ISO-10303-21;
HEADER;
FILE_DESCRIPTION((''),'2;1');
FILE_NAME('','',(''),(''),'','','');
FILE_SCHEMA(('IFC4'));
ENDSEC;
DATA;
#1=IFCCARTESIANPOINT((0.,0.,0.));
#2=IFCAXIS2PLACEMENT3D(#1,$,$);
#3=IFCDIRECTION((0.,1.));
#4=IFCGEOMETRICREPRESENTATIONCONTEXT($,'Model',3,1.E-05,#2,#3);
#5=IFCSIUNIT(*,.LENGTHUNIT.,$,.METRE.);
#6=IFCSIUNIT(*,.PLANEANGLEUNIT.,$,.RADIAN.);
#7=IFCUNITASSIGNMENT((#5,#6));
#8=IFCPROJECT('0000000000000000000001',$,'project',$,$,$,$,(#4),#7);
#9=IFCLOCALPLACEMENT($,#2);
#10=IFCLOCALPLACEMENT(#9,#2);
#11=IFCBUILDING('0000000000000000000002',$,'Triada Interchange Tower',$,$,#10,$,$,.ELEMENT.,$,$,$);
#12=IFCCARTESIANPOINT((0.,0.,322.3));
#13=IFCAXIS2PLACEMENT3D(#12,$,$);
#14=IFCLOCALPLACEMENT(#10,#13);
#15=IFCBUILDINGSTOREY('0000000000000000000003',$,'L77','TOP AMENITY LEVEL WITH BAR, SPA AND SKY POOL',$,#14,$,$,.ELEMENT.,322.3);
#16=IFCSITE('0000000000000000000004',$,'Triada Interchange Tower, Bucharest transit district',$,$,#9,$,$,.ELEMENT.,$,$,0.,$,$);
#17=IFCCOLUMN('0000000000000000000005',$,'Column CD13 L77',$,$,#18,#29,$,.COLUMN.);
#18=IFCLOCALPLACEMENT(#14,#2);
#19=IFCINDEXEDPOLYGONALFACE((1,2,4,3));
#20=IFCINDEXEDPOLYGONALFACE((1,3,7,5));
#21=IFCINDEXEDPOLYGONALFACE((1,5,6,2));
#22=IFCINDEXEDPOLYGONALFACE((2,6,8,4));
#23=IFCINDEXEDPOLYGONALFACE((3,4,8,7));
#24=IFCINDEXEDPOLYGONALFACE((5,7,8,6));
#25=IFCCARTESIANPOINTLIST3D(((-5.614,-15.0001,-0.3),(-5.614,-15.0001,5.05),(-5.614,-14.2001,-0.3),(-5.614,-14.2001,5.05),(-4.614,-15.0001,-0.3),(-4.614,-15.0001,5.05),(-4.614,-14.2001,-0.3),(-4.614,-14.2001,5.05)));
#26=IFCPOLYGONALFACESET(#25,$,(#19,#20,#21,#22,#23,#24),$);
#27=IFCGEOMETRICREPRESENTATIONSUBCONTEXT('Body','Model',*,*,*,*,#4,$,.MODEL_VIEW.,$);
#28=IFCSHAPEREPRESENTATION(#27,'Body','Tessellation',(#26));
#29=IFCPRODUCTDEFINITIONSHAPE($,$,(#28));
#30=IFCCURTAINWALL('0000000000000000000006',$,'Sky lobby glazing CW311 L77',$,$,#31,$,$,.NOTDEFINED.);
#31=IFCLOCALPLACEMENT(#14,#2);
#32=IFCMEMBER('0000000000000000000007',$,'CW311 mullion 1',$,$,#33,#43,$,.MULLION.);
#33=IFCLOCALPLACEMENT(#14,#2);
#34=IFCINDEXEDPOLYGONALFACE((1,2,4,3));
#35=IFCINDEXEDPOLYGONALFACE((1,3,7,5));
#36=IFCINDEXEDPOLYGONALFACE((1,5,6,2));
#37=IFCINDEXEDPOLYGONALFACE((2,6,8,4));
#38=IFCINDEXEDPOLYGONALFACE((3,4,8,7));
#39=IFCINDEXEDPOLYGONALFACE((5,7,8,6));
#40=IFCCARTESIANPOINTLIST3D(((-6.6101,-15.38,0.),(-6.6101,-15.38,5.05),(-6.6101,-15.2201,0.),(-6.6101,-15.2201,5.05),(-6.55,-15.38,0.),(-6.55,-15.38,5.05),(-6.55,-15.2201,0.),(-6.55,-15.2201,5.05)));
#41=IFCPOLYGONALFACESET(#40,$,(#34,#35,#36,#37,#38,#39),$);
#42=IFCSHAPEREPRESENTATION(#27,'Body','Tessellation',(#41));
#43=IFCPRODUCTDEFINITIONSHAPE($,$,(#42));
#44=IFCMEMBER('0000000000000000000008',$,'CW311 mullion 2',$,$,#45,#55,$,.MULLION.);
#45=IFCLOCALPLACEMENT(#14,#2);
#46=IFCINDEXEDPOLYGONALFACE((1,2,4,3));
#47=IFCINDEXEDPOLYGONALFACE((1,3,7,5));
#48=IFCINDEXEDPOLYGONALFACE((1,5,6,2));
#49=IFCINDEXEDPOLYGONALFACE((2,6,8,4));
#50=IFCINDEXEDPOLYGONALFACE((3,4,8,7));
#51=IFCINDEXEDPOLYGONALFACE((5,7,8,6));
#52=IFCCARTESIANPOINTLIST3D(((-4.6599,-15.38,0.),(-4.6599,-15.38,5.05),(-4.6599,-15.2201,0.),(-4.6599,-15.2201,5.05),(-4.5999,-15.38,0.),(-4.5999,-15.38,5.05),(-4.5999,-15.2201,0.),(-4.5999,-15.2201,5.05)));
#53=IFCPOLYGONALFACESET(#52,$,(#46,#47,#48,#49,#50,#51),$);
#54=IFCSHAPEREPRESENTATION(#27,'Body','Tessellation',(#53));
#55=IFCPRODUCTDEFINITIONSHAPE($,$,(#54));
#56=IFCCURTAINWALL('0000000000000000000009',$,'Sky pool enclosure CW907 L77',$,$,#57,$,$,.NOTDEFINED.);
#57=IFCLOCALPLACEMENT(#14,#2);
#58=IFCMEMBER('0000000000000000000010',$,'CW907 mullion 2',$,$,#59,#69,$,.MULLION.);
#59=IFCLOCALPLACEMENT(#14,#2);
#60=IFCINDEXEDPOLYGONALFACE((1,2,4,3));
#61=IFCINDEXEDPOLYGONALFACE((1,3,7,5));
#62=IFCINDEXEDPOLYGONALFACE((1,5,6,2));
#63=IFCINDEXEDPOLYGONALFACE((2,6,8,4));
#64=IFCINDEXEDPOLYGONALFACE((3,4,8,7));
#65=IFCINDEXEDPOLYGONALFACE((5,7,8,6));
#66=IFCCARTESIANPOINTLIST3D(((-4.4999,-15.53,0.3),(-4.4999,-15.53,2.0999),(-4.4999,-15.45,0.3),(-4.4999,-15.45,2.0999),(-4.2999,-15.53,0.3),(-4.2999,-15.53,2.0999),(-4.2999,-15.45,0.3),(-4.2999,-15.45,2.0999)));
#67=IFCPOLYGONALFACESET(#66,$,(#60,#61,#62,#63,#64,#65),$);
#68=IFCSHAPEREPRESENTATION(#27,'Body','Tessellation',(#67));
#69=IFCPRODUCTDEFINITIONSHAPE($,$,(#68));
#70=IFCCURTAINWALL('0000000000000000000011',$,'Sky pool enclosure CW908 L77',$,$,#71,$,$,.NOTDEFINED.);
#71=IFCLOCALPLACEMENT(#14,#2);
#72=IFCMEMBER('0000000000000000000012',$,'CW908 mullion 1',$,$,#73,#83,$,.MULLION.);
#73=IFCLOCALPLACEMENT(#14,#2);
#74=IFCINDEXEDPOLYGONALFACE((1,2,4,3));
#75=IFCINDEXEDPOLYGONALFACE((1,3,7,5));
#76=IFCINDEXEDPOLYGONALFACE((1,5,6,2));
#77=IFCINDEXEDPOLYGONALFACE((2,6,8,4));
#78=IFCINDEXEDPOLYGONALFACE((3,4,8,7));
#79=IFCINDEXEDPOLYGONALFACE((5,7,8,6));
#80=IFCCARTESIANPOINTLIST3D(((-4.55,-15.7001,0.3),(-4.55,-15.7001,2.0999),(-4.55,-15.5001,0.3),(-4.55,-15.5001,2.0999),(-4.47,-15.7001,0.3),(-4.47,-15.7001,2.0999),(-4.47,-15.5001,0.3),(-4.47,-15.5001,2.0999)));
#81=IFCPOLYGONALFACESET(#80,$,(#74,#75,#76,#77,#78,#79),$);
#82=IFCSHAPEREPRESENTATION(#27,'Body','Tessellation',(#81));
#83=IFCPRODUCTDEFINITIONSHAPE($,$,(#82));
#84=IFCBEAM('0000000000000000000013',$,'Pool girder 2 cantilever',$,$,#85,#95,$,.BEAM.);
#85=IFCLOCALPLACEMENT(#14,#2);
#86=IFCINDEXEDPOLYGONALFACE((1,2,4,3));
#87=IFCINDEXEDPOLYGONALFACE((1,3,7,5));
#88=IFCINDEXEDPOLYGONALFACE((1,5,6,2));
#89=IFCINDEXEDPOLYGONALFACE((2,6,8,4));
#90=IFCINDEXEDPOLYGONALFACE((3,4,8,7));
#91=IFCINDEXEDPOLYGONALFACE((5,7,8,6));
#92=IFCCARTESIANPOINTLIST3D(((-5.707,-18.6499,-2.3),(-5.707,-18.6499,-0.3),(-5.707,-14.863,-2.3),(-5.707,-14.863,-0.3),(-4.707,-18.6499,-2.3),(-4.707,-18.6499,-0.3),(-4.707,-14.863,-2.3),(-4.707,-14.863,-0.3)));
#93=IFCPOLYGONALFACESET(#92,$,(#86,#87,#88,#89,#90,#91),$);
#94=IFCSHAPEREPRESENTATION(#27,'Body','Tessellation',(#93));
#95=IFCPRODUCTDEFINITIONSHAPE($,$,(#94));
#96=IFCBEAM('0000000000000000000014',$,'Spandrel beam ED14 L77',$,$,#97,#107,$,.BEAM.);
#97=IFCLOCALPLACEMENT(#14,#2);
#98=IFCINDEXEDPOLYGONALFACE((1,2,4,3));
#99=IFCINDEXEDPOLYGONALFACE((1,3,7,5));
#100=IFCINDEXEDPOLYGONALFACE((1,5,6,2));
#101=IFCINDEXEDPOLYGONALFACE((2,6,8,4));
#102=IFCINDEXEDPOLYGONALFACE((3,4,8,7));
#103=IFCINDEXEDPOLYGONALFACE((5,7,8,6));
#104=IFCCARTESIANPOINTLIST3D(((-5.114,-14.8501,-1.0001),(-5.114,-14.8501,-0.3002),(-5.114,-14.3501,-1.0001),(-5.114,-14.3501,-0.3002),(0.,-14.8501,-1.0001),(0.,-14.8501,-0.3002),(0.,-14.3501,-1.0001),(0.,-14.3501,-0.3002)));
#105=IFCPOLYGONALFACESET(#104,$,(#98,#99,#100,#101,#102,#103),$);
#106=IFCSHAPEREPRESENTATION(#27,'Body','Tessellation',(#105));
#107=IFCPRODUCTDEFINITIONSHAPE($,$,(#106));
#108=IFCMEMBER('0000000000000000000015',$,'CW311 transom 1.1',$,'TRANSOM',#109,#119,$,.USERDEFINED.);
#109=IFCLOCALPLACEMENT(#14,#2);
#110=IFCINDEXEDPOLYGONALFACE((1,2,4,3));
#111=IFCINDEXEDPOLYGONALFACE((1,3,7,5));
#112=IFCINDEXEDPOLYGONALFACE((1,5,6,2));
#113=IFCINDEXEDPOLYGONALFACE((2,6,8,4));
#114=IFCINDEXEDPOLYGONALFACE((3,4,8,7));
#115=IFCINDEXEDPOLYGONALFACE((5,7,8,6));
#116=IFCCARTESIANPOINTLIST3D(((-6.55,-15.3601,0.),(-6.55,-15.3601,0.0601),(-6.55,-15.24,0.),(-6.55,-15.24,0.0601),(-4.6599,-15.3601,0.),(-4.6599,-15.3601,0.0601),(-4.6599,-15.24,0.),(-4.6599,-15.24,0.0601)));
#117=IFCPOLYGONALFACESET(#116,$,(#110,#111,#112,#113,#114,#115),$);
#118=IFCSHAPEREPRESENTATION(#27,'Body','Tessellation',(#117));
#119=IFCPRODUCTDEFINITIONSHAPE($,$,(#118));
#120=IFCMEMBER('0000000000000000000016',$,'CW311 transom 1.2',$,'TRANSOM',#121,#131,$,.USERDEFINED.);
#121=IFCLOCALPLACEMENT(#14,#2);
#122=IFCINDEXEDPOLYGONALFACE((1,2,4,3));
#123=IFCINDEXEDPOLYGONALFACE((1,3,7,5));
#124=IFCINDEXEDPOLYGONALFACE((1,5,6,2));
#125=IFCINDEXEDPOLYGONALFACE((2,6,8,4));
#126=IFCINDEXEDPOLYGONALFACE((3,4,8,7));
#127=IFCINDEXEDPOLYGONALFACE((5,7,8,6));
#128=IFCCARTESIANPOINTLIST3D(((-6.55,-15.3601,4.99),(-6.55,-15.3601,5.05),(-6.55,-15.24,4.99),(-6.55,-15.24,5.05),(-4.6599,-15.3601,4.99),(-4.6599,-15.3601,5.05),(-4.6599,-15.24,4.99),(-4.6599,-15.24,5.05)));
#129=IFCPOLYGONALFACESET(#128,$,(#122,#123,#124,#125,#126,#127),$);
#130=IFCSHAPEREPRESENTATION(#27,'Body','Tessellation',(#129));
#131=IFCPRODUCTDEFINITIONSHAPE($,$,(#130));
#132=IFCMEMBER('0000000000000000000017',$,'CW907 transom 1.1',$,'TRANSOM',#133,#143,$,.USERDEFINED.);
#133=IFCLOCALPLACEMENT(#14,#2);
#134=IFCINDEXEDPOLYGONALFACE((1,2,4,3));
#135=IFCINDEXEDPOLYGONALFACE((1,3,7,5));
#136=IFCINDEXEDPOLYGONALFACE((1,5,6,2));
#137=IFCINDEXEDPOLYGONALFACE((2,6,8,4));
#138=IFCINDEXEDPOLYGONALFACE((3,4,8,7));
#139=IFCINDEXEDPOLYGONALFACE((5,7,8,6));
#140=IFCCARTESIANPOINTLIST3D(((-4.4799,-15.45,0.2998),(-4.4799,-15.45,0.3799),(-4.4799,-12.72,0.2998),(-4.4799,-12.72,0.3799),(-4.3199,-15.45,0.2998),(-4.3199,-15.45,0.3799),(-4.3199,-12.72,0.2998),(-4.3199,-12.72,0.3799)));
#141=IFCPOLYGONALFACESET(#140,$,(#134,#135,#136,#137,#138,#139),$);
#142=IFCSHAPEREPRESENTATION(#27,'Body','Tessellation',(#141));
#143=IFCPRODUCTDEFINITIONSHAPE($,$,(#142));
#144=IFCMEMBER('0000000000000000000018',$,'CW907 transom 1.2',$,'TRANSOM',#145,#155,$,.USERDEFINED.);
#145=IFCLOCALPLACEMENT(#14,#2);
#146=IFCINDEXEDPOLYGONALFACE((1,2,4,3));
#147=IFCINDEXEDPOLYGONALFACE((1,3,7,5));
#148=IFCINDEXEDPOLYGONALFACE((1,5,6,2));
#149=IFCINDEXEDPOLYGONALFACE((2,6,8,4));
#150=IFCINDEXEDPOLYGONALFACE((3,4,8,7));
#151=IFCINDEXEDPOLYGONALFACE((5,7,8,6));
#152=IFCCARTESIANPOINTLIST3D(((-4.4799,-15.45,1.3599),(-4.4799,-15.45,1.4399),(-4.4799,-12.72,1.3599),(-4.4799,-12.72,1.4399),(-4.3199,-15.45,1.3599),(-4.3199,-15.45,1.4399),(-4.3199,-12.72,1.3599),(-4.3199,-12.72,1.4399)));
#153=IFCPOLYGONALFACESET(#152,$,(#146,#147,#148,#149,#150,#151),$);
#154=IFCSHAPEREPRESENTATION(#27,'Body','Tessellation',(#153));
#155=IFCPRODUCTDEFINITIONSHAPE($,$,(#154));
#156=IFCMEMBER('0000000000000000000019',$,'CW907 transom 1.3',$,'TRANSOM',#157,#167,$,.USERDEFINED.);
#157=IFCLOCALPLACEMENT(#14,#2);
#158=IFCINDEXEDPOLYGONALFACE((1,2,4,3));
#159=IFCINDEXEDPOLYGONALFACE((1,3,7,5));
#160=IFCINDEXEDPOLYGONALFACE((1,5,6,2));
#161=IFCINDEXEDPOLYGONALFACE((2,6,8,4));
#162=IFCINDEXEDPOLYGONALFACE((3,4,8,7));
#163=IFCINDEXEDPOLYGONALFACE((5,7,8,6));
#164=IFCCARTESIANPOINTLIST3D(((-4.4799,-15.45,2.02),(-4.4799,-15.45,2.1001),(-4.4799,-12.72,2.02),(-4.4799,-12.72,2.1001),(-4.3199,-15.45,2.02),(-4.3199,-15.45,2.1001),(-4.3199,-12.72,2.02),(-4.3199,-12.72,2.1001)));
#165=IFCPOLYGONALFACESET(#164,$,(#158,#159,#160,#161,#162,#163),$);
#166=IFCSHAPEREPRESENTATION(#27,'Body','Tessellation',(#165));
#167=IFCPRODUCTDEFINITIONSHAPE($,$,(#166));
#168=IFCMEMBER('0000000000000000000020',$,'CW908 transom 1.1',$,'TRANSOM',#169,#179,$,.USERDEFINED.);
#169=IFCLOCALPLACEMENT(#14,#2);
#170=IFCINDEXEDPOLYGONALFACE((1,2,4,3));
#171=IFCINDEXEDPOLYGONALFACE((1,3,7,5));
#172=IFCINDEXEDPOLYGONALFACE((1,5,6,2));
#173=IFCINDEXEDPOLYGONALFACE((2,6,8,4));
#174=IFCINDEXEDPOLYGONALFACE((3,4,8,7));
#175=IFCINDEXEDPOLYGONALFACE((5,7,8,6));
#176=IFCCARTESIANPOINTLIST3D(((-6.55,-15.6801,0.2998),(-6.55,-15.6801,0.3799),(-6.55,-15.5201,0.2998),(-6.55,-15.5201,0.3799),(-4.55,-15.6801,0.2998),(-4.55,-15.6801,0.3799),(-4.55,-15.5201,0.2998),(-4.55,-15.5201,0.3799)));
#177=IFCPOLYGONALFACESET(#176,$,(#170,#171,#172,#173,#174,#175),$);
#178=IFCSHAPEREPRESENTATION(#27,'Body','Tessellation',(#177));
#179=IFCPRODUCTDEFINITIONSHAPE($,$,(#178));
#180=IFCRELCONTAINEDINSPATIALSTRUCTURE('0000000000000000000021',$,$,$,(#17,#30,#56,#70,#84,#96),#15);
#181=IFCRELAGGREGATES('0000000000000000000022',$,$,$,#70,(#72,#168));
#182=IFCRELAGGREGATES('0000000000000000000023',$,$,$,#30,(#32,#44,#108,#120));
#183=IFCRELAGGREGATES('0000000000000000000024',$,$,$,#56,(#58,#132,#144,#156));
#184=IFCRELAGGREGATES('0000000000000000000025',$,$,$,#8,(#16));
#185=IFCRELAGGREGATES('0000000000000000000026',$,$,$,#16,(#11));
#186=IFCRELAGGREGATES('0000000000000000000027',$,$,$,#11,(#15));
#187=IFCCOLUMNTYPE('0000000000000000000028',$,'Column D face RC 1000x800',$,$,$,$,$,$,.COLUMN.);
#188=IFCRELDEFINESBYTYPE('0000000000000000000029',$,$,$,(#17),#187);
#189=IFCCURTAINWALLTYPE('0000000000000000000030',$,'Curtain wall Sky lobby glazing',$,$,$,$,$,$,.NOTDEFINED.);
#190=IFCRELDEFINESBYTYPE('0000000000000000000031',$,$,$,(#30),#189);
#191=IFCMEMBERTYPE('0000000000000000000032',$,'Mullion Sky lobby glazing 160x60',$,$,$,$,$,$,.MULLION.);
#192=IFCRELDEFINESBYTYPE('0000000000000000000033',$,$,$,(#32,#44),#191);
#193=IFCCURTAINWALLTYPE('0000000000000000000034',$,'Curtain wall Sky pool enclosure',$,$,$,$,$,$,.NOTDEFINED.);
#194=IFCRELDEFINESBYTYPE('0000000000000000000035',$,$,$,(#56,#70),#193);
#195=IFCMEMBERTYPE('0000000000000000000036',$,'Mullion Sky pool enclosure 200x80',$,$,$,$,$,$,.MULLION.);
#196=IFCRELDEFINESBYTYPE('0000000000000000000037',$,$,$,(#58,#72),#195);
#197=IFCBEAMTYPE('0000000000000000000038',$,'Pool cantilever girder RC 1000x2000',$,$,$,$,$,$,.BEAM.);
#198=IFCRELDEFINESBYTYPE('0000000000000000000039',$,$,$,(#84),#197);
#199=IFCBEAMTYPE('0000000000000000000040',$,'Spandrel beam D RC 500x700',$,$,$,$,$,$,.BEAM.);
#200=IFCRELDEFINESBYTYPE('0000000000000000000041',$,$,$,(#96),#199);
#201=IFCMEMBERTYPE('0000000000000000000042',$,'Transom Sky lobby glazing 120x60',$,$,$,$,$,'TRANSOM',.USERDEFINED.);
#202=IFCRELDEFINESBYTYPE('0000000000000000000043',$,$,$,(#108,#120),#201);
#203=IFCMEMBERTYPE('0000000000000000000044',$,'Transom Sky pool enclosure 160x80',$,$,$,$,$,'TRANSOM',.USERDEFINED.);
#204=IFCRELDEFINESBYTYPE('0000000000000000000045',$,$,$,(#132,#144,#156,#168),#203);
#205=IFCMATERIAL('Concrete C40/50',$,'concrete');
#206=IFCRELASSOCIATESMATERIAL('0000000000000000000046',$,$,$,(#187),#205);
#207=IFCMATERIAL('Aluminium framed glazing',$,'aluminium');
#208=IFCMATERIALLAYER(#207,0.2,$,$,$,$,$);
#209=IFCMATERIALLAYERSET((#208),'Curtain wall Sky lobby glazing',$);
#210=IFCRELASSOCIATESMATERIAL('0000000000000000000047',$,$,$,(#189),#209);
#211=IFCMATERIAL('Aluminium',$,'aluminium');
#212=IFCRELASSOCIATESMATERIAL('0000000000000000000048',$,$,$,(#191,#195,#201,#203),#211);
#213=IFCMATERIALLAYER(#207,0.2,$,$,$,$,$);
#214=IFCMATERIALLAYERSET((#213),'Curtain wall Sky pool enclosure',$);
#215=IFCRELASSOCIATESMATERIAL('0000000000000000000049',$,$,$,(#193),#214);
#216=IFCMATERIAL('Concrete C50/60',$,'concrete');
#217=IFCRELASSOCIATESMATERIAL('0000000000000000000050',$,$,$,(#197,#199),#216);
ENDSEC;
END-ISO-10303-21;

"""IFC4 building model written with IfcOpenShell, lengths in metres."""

from ifc_helpers import new_model, si_unit, direction, frame, origin, origin_2d, place, context, subcontext, project, spatial, rectangle, extrude, material, layer, layer_set, material_profile, profile_set, type_object, element, aggregate, save


model = new_model("IFC4")

# Units and contexts
model_context = context("Model", 3, precision=1e-05, world=origin(), true_north=direction((0.0, 1.0)))
body_context = subcontext(model_context, "Body", "Model", "MODEL_VIEW")
ifc_project = project(units=[si_unit("LENGTHUNIT", "METRE"), si_unit("PLANEANGLEUNIT", "RADIAN")], contexts=[model_context])

# Site, building, storey
site_placement = place(None, origin())
site = spatial("IfcSite", under=ifc_project, at=site_placement, Name="Triada Interchange Tower, Bucharest transit district", CompositionType="ELEMENT", RefElevation=0.0)
building_placement = place(site_placement, origin())
building = spatial("IfcBuilding", under=site, at=building_placement, Name="Triada Interchange Tower", CompositionType="ELEMENT")
storey_placement = place(building_placement, frame((0.0, 0.0, 322.3)))
storey = spatial("IfcBuildingStorey", under=building, at=storey_placement, Name="L77", Description="TOP AMENITY LEVEL WITH BAR, SPA AND SKY POOL", CompositionType="ELEMENT", Elevation=322.3)

# Column
ifc_material_1 = material(Name="Concrete C40/50", Category="concrete")
ifc_material_profile_1 = material_profile(ifc_material_1, rectangle(XDim=1.0, YDim=0.8, at=origin_2d()), Name="RC 1000x800")
ifc_profile_set_1 = profile_set([ifc_material_profile_1], Name="Concrete C40/50")
column_type = type_object("IfcColumnType", Name="Column D face RC 1000x800", PredefinedType="COLUMN", material=ifc_profile_set_1)
column_placement = place(storey_placement, frame((-5.114, -14.6001, -0.3), z_axis=(0.0, 0.0, 1.0), x_axis=(1.0, 0.0, 0.0)))
element("IfcColumn", 1, at=column_placement, inside=storey, type_object=column_type, Name="Column CD13 L77", PredefinedType="COLUMN", context=body_context, shape_type="SweptSolid", body=[
    extrude(rectangle(XDim=1.0, YDim=0.8, at=origin_2d()), origin(), (0.0, 0.0, 1.0), 5.3501),
])

# Curtain wall, members
ifc_material_2 = material(Name="Aluminium framed glazing", Category="aluminium")
ifc_layer_1 = layer(ifc_material_2, 0.2)
ifc_layer_set_1 = layer_set([ifc_layer_1], Name="Curtain wall Sky lobby glazing")
curtain_wall_type_1 = type_object("IfcCurtainWallType", Name="Curtain wall Sky lobby glazing", PredefinedType="NOTDEFINED", material=ifc_layer_set_1)
curtain_wall_1_placement = place(storey_placement, origin())
curtain_wall_1 = element("IfcCurtainWall", 2, at=curtain_wall_1_placement, inside=storey, type_object=curtain_wall_type_1, Name="Sky lobby glazing CW311 L77", PredefinedType="NOTDEFINED")
ifc_material_3 = material(Name="Aluminium", Category="aluminium")
ifc_material_profile_2 = material_profile(ifc_material_3, rectangle(XDim=0.1599, YDim=0.0601, at=origin_2d()), Name="Aluminium mullion")
ifc_profile_set_2 = profile_set([ifc_material_profile_2], Name="Aluminium")
member_type_1 = type_object("IfcMemberType", Name="Mullion Sky lobby glazing 160x60", PredefinedType="MULLION", material=ifc_profile_set_2)
member_1_placement = place(storey_placement, frame((-6.5801, -15.3, 0.0), z_axis=(0.0, 0.0, 1.0), x_axis=(0.0, 1.0, 0.0)))
member_1 = element("IfcMember", 3, at=member_1_placement, type_object=member_type_1, Name="CW311 mullion 1", PredefinedType="MULLION", context=body_context, shape_type="SweptSolid", body=[
    extrude(rectangle(XDim=0.1599, YDim=0.0601, at=origin_2d()), origin(), (0.0, 0.0, 1.0), 5.05),
])
member_2_placement = place(storey_placement, frame((-4.6299, -15.3, 0.0), z_axis=(0.0, 0.0, 1.0), x_axis=(0.0, 1.0, 0.0)))
member_2 = element("IfcMember", 4, at=member_2_placement, type_object=member_type_1, Name="CW311 mullion 2", PredefinedType="MULLION", context=body_context, shape_type="SweptSolid", body=[
    extrude(rectangle(XDim=0.1599, YDim=0.0601, at=origin_2d()), origin(), (0.0, 0.0, 1.0), 5.05),
])

# Curtain walls, members
ifc_layer_2 = layer(ifc_material_2, 0.2)
ifc_layer_set_2 = layer_set([ifc_layer_2], Name="Curtain wall Sky pool enclosure")
curtain_wall_type_2 = type_object("IfcCurtainWallType", Name="Curtain wall Sky pool enclosure", PredefinedType="NOTDEFINED", material=ifc_layer_set_2)
curtain_wall_2_placement = place(storey_placement, origin())
curtain_wall_2 = element("IfcCurtainWall", 5, at=curtain_wall_2_placement, inside=storey, type_object=curtain_wall_type_2, Name="Sky pool enclosure CW907 L77", PredefinedType="NOTDEFINED")
ifc_material_profile_3 = material_profile(ifc_material_3, rectangle(XDim=0.2, YDim=0.0801, at=origin_2d()), Name="Aluminium mullion")
ifc_profile_set_3 = profile_set([ifc_material_profile_3], Name="Aluminium")
member_type_2 = type_object("IfcMemberType", Name="Mullion Sky pool enclosure 200x80", PredefinedType="MULLION", material=ifc_profile_set_3)
member_3_placement = place(storey_placement, frame((-4.3999, -15.49, 0.3), z_axis=(0.0, 0.0, 1.0), x_axis=(1.0, 0.0, 0.0)))
member_3 = element("IfcMember", 6, at=member_3_placement, type_object=member_type_2, Name="CW907 mullion 2", PredefinedType="MULLION", context=body_context, shape_type="SweptSolid", body=[
    extrude(rectangle(XDim=0.2, YDim=0.0801, at=origin_2d()), origin(), (0.0, 0.0, 1.0), 1.7998),
])
curtain_wall_3_placement = place(storey_placement, origin())
curtain_wall_3 = element("IfcCurtainWall", 7, at=curtain_wall_3_placement, inside=storey, type_object=curtain_wall_type_2, Name="Sky pool enclosure CW908 L77", PredefinedType="NOTDEFINED")
member_4_placement = place(storey_placement, frame((-4.51, -15.6001, 0.3), z_axis=(0.0, 0.0, 1.0), x_axis=(0.0, -1.0, 0.0)))
member_4 = element("IfcMember", 8, at=member_4_placement, type_object=member_type_2, Name="CW908 mullion 1", PredefinedType="MULLION", context=body_context, shape_type="SweptSolid", body=[
    extrude(rectangle(XDim=0.2, YDim=0.0801, at=origin_2d()), origin(), (0.0, 0.0, 1.0), 1.7998),
])

# Beams
ifc_material_4 = material(Name="Concrete C50/60", Category="concrete")
ifc_material_profile_4 = material_profile(ifc_material_4, rectangle(XDim=1.0, YDim=2.0, at=origin_2d()), Name="RC 1000x2000")
ifc_profile_set_4 = profile_set([ifc_material_profile_4], Name="Concrete C50/60")
beam_type_1 = type_object("IfcBeamType", Name="Pool cantilever girder RC 1000x2000", PredefinedType="BEAM", material=ifc_profile_set_4)
beam_1_placement = place(storey_placement, frame((-5.207, -14.863, -1.3), z_axis=(0.0, -1.0, 0.0), x_axis=(1.0, 0.0, 0.0)))
element("IfcBeam", 9, at=beam_1_placement, inside=storey, type_object=beam_type_1, Name="Pool girder 2 cantilever", PredefinedType="BEAM", context=body_context, shape_type="SweptSolid", body=[
    extrude(rectangle(XDim=1.0, YDim=2.0, at=origin_2d()), origin(), (0.0, 0.0, 1.0), 3.7869),
])
ifc_material_profile_5 = material_profile(ifc_material_4, rectangle(XDim=0.5, YDim=0.7, at=origin_2d()), Name="RC 500x700")
ifc_profile_set_5 = profile_set([ifc_material_profile_5], Name="Concrete C50/60")
beam_type_2 = type_object("IfcBeamType", Name="Spandrel beam D RC 500x700", PredefinedType="BEAM", material=ifc_profile_set_5)
beam_2_placement = place(storey_placement, frame((-5.114, -14.6001, -0.6501), z_axis=(1.0, 0.0, 0.0), x_axis=(0.0, 1.0, 0.0)))
element("IfcBeam", 10, at=beam_2_placement, inside=storey, type_object=beam_type_2, Name="Spandrel beam ED14 L77", PredefinedType="BEAM", context=body_context, shape_type="SweptSolid", body=[
    extrude(rectangle(XDim=0.5, YDim=0.7, at=origin_2d()), origin(), (0.0, 0.0, 1.0), 5.114),
])

# Members
ifc_material_profile_6 = material_profile(ifc_material_3, rectangle(XDim=0.1201, YDim=0.0601, at=origin_2d()), Name="Aluminium transom")
ifc_profile_set_6 = profile_set([ifc_material_profile_6], Name="Aluminium")
member_type_3 = type_object("IfcMemberType", Name="Transom Sky lobby glazing 120x60", ElementType="TRANSOM", PredefinedType="USERDEFINED", material=ifc_profile_set_6)
member_5_placement = place(storey_placement, frame((-6.55, -15.3, 0.03), z_axis=(1.0, 0.0, 0.0), x_axis=(0.0, 1.0, 0.0)))
member_5 = element("IfcMember", 11, at=member_5_placement, type_object=member_type_3, Name="CW311 transom 1.1", ObjectType="TRANSOM", PredefinedType="USERDEFINED", context=body_context, shape_type="SweptSolid", body=[
    extrude(rectangle(XDim=0.1201, YDim=0.0601, at=origin_2d()), origin(), (0.0, 0.0, 1.0), 1.8901),
])
member_6_placement = place(storey_placement, frame((-6.55, -15.3, 5.02), z_axis=(1.0, 0.0, 0.0), x_axis=(0.0, 1.0, 0.0)))
member_6 = element("IfcMember", 12, at=member_6_placement, type_object=member_type_3, Name="CW311 transom 1.2", ObjectType="TRANSOM", PredefinedType="USERDEFINED", context=body_context, shape_type="SweptSolid", body=[
    extrude(rectangle(XDim=0.1201, YDim=0.0601, at=origin_2d()), origin(), (0.0, 0.0, 1.0), 1.8901),
])
ifc_material_profile_7 = material_profile(ifc_material_3, rectangle(XDim=0.1599, YDim=0.0801, at=origin_2d()), Name="Aluminium transom")
ifc_profile_set_7 = profile_set([ifc_material_profile_7], Name="Aluminium")
member_type_4 = type_object("IfcMemberType", Name="Transom Sky pool enclosure 160x80", ElementType="TRANSOM", PredefinedType="USERDEFINED", material=ifc_profile_set_7)
member_7_placement = place(storey_placement, frame((-4.3999, -12.72, 0.3398), z_axis=(0.0, -1.0, 0.0), x_axis=(1.0, 0.0, 0.0)))
member_7 = element("IfcMember", 13, at=member_7_placement, type_object=member_type_4, Name="CW907 transom 1.1", ObjectType="TRANSOM", PredefinedType="USERDEFINED", context=body_context, shape_type="SweptSolid", body=[
    extrude(rectangle(XDim=0.1599, YDim=0.0801, at=origin_2d()), origin(), (0.0, 0.0, 1.0), 2.73),
])
member_8_placement = place(storey_placement, frame((-4.3999, -12.72, 1.3999), z_axis=(0.0, -1.0, 0.0), x_axis=(1.0, 0.0, 0.0)))
member_8 = element("IfcMember", 14, at=member_8_placement, type_object=member_type_4, Name="CW907 transom 1.2", ObjectType="TRANSOM", PredefinedType="USERDEFINED", context=body_context, shape_type="SweptSolid", body=[
    extrude(rectangle(XDim=0.1599, YDim=0.0801, at=origin_2d()), origin(), (0.0, 0.0, 1.0), 2.73),
])
member_9_placement = place(storey_placement, frame((-4.3999, -12.72, 2.0601), z_axis=(0.0, -1.0, 0.0), x_axis=(1.0, 0.0, 0.0)))
member_9 = element("IfcMember", 15, at=member_9_placement, type_object=member_type_4, Name="CW907 transom 1.3", ObjectType="TRANSOM", PredefinedType="USERDEFINED", context=body_context, shape_type="SweptSolid", body=[
    extrude(rectangle(XDim=0.1599, YDim=0.0801, at=origin_2d()), origin(), (0.0, 0.0, 1.0), 2.73),
])
member_10_placement = place(storey_placement, frame((-4.55, -15.6001, 0.3398), z_axis=(-1.0, 0.0, 0.0), x_axis=(0.0, -1.0, 0.0)))
member_10 = element("IfcMember", 16, at=member_10_placement, type_object=member_type_4, Name="CW908 transom 1.1", ObjectType="TRANSOM", PredefinedType="USERDEFINED", context=body_context, shape_type="SweptSolid", body=[
    extrude(rectangle(XDim=0.1599, YDim=0.0801, at=origin_2d()), origin(), (0.0, 0.0, 1.0), 2.0),
])
aggregate(curtain_wall_3, [member_4, member_10])

aggregate(curtain_wall_1, [member_1, member_2, member_5, member_6])
aggregate(curtain_wall_2, [member_3, member_7, member_8, member_9])

save(model, "model.ifc")
